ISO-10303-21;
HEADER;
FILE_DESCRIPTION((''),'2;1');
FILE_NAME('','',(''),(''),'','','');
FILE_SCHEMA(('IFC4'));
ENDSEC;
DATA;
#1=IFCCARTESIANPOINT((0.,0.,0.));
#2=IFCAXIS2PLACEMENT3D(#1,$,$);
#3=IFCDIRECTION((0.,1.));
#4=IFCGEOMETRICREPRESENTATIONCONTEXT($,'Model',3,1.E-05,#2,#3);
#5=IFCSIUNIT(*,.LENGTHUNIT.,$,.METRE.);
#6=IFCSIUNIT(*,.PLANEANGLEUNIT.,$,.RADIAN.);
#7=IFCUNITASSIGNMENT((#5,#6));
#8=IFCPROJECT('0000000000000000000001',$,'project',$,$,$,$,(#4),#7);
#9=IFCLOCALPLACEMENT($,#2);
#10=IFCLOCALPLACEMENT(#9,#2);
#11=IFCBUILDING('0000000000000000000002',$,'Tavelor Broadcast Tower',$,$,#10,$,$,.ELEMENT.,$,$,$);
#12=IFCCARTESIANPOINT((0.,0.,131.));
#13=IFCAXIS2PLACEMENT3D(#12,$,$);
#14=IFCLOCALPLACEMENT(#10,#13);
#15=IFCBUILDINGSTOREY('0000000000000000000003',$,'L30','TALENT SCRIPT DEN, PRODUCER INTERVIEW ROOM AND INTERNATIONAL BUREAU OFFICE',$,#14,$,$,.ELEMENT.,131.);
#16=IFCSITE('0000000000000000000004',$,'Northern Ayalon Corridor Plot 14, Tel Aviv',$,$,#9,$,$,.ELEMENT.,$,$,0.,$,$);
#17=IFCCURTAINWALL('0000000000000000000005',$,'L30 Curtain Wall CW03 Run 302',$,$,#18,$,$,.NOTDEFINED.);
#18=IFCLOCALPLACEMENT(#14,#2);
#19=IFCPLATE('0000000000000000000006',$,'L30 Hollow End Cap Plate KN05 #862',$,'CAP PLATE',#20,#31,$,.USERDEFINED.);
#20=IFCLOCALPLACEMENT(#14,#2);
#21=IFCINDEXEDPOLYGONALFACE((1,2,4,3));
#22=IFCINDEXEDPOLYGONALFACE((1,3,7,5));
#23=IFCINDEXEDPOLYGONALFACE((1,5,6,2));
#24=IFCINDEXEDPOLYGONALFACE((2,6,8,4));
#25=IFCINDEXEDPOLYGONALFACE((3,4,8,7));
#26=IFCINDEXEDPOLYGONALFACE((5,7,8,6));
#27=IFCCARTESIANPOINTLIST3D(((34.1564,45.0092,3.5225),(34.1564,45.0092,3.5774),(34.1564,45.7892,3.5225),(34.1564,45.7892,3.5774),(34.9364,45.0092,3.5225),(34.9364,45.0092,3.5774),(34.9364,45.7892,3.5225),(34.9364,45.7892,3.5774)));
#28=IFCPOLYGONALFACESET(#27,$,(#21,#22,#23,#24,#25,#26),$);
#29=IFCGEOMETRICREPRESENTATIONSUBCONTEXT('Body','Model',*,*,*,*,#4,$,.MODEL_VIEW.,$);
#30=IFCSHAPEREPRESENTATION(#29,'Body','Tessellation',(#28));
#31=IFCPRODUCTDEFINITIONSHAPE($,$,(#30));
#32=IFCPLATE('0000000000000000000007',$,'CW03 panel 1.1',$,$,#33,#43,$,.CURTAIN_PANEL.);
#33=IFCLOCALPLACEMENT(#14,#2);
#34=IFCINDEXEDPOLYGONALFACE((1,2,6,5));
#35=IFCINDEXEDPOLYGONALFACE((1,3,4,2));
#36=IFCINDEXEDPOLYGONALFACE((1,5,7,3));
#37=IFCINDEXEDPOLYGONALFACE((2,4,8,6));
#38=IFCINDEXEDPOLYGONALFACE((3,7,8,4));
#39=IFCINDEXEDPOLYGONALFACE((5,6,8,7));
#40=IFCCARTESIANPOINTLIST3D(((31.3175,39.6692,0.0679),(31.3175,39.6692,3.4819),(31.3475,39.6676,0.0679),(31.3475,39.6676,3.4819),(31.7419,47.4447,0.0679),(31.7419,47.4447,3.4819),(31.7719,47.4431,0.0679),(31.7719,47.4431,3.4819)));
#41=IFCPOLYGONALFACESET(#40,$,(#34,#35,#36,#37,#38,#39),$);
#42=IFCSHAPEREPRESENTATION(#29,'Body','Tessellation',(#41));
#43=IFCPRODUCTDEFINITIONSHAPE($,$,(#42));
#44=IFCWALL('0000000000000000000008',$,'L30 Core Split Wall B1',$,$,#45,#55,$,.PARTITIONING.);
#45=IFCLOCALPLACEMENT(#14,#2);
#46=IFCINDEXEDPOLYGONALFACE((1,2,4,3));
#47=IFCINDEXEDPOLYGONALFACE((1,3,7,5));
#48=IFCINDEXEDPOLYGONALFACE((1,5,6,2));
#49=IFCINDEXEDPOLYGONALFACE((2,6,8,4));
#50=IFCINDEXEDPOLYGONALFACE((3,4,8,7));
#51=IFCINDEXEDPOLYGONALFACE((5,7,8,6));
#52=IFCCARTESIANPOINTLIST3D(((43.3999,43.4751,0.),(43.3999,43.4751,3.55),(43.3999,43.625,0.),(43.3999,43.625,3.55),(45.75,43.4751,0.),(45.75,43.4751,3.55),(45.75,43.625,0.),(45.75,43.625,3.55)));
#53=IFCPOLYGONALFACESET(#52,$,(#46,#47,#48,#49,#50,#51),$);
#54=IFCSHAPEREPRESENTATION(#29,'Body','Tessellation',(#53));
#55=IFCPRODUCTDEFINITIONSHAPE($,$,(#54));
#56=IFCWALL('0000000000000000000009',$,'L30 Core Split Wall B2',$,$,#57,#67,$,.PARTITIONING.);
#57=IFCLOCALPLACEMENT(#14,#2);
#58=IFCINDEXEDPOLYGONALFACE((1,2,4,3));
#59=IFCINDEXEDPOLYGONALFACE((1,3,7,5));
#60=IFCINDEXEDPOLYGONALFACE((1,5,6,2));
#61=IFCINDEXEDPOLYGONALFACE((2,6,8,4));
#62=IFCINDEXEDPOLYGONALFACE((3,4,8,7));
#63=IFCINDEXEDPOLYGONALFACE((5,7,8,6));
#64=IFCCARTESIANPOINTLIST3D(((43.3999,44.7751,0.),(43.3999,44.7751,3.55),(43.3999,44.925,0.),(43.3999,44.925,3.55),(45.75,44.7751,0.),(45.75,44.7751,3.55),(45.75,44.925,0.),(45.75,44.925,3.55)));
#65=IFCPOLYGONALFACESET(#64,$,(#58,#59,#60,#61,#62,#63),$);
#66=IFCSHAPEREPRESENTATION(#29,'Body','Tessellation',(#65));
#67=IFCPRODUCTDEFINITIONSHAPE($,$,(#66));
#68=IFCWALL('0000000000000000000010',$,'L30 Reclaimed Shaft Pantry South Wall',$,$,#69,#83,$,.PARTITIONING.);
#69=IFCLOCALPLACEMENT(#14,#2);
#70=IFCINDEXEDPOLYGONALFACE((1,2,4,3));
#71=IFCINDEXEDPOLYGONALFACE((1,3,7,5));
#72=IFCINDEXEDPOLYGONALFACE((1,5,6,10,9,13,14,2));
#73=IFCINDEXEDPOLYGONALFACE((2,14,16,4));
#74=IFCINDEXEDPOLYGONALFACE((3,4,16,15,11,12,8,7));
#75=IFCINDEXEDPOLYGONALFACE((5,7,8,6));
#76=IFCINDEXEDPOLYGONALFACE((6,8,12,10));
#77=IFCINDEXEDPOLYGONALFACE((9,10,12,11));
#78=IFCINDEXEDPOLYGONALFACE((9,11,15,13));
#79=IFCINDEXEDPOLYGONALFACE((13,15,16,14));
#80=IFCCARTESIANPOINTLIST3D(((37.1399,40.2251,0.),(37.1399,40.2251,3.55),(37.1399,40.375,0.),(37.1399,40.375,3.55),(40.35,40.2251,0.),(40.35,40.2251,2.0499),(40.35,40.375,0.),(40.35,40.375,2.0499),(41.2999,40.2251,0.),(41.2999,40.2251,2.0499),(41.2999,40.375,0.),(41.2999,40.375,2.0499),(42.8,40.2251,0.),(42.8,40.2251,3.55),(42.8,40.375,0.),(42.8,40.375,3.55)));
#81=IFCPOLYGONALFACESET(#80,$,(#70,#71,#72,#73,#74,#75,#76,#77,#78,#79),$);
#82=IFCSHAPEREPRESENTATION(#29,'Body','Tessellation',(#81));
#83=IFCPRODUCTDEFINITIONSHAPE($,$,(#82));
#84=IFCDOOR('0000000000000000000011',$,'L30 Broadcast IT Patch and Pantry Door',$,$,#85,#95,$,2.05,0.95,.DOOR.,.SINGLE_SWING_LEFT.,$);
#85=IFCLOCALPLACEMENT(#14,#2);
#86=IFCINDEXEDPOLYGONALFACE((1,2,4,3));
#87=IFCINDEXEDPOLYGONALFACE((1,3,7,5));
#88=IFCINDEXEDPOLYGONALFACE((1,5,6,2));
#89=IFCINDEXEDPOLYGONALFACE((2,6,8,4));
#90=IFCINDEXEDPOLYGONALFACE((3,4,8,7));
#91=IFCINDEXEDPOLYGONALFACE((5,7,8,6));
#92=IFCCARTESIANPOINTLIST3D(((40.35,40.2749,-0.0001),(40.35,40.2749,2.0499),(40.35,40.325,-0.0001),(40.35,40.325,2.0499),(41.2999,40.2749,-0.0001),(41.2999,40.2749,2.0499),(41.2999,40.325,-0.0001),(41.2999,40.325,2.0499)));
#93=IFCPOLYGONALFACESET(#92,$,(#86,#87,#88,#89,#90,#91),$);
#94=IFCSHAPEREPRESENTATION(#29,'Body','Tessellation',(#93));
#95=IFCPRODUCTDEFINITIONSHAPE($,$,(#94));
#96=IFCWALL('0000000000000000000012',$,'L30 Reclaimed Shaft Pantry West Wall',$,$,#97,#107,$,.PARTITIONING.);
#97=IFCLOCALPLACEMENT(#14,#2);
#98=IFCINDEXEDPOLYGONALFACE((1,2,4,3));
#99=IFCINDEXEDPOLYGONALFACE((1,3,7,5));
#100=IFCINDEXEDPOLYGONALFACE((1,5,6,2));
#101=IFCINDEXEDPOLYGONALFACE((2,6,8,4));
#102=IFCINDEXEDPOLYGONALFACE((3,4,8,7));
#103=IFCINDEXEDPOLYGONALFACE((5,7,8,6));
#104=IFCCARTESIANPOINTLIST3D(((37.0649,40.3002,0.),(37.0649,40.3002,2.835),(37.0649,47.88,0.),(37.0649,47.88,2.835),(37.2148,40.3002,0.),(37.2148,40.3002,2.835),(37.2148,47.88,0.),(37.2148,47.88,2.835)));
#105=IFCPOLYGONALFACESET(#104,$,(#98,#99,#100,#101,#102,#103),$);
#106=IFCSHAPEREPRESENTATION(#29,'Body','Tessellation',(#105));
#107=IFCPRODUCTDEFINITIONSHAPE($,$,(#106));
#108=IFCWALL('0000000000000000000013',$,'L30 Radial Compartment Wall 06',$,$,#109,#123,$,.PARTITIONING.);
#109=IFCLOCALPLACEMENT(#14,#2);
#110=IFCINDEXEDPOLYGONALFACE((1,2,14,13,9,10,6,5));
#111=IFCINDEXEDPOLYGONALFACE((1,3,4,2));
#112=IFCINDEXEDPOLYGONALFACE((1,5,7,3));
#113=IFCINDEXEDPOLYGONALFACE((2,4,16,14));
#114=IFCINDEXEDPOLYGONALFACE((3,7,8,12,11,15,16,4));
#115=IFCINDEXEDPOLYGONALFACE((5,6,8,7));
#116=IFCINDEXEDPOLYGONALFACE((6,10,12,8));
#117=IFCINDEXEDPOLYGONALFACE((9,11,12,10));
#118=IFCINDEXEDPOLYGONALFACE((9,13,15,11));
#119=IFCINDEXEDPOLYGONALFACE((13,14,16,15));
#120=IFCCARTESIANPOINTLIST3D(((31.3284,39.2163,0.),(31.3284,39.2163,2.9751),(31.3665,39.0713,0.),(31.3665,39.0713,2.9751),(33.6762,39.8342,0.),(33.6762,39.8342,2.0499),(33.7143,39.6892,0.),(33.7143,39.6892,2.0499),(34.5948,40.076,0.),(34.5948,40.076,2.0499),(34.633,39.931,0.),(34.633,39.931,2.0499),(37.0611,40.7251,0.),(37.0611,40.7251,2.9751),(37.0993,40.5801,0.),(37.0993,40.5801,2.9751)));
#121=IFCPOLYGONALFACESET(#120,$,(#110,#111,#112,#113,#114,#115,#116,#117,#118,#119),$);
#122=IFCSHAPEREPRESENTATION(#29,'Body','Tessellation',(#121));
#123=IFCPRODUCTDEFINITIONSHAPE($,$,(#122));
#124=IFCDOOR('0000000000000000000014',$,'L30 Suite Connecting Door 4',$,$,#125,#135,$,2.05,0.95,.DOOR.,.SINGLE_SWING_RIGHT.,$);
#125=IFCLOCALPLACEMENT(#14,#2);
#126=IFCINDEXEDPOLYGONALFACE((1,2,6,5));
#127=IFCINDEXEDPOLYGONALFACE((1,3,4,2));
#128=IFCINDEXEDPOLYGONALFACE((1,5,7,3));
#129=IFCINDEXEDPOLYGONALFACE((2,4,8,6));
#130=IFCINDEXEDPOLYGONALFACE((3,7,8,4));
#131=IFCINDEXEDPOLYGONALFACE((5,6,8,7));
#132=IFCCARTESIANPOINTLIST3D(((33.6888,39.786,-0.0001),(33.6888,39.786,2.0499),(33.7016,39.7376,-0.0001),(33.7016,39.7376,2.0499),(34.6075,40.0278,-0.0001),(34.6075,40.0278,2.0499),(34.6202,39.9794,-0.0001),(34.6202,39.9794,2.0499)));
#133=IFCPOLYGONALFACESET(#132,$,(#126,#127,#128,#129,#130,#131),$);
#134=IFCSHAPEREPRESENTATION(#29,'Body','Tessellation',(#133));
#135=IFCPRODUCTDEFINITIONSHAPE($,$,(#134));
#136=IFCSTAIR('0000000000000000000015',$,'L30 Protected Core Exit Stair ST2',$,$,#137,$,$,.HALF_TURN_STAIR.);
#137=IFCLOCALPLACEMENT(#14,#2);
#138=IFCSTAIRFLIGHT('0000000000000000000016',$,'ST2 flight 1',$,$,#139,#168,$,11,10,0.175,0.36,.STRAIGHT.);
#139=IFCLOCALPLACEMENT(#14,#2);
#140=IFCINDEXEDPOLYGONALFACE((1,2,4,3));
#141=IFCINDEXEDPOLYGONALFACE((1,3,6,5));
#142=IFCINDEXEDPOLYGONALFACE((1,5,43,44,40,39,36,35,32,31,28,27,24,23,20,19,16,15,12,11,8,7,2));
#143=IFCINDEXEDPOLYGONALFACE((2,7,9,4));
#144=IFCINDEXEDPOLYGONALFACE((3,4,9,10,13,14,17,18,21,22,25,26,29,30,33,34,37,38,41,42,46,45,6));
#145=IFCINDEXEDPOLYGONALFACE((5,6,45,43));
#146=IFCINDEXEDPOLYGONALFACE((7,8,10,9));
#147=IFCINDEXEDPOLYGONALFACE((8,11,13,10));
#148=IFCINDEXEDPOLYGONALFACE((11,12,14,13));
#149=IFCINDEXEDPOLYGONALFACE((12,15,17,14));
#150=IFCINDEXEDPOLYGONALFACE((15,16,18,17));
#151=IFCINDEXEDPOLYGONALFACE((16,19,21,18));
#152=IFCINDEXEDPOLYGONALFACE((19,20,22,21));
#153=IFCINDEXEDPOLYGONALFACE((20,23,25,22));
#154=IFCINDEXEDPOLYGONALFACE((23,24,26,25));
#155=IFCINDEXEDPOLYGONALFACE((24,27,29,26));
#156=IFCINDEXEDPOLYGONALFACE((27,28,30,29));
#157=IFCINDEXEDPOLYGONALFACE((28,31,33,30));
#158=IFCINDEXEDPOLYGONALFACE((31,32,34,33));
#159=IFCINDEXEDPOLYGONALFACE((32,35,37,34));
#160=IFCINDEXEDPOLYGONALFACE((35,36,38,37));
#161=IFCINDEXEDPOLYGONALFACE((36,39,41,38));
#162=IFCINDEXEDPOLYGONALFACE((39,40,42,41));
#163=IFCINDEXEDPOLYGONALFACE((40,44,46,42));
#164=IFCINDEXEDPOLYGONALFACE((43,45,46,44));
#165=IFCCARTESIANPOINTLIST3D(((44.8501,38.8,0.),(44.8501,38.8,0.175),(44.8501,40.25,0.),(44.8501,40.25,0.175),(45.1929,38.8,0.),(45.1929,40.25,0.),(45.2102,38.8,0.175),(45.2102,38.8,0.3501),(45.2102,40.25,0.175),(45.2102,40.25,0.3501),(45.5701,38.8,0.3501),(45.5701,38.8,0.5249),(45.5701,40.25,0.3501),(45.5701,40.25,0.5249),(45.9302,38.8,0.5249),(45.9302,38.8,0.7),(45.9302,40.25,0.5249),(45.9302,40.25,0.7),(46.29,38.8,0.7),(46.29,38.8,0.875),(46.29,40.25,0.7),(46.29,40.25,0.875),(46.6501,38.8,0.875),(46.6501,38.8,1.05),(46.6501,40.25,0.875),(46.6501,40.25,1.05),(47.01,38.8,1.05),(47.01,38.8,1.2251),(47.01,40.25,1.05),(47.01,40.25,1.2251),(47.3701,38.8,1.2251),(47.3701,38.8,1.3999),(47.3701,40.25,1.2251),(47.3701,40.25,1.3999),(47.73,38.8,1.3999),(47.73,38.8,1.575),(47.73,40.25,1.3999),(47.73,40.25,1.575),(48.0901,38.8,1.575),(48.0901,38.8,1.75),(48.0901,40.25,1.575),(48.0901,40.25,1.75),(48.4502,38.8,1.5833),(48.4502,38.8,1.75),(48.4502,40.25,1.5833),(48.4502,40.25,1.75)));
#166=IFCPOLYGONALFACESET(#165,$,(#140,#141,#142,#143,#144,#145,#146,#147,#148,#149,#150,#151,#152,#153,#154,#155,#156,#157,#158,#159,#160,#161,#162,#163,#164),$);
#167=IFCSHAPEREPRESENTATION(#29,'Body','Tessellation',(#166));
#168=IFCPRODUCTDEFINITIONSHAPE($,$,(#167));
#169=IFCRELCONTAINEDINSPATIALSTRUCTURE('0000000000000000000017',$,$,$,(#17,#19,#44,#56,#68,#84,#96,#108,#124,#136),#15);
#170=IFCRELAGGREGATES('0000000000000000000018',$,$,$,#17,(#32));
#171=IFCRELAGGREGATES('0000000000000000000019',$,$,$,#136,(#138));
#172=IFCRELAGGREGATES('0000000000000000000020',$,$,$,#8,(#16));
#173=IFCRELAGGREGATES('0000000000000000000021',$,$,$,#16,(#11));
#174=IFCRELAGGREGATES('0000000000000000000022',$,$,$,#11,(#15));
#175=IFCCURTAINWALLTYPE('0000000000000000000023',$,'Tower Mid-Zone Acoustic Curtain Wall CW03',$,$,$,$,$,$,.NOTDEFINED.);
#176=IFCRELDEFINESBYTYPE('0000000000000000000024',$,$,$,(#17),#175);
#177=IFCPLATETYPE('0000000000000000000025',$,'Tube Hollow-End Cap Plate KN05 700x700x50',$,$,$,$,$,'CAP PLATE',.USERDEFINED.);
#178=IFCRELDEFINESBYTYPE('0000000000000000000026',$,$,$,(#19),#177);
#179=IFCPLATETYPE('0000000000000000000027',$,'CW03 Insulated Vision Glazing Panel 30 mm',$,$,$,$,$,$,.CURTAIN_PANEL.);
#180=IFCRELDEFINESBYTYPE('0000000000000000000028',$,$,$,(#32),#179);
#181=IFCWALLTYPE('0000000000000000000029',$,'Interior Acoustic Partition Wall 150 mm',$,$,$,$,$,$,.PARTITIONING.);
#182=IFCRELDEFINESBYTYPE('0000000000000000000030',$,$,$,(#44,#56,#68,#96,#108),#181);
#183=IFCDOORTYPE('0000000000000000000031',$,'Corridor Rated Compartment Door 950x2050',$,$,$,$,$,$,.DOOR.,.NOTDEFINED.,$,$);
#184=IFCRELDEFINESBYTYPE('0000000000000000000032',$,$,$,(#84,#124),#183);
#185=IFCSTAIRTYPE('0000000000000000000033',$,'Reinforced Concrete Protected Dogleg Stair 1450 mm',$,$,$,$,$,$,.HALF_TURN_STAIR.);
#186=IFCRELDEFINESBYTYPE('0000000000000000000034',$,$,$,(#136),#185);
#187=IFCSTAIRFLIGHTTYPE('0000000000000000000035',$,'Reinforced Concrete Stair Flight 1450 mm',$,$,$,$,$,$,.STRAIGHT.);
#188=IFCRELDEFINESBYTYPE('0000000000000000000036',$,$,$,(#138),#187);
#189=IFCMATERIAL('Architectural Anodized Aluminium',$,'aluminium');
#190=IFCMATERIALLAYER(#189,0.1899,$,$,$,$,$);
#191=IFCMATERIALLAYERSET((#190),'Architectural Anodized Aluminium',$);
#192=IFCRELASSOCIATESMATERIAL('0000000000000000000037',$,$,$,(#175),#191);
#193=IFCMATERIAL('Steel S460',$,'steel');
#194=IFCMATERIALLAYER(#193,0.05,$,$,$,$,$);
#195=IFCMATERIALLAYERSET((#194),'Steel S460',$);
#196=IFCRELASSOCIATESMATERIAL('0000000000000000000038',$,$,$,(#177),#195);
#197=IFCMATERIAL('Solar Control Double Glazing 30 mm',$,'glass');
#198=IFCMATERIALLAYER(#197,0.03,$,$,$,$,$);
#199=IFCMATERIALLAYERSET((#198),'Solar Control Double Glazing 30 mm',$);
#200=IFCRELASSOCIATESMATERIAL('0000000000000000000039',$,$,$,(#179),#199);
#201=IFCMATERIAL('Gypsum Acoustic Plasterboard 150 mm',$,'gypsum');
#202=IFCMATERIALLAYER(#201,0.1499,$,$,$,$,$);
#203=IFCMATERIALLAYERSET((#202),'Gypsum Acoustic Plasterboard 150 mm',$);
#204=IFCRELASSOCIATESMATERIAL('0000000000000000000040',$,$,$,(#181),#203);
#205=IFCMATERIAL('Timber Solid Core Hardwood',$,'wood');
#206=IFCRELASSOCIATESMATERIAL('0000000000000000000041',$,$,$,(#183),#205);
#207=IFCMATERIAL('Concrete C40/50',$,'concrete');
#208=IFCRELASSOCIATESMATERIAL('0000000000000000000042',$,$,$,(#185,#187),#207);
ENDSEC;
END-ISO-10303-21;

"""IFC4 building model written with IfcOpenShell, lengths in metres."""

from ifc_helpers import new_model, si_unit, direction, frame, frame_2d, origin, origin_2d, place, context, subcontext, project, spatial, polyline, rectangle, outline, extrude, source, transform, mapped, material, layer, layer_set, type_object, type_shapes, element, fill, aggregate, save


model = new_model("IFC4")

# Units and contexts
model_context = context("Model", 3, precision=1e-05, world=origin(), true_north=direction((0.0, 1.0)))
body_context = subcontext(model_context, "Body", "Model", "MODEL_VIEW")
ifc_project = project(units=[si_unit("LENGTHUNIT", "METRE"), si_unit("PLANEANGLEUNIT", "RADIAN")], contexts=[model_context])

# Site, building, storey
site_placement = place(None, origin())
site = spatial("IfcSite", under=ifc_project, at=site_placement, Name="Northern Ayalon Corridor Plot 14, Tel Aviv", CompositionType="ELEMENT", RefElevation=0.0)
building_placement = place(site_placement, origin())
building = spatial("IfcBuilding", under=site, at=building_placement, Name="Tavelor Broadcast Tower", CompositionType="ELEMENT")
storey_placement = place(building_placement, frame((0.0, 0.0, 131.0)))
storey = spatial("IfcBuildingStorey", under=building, at=storey_placement, Name="L30", Description="TALENT SCRIPT DEN, PRODUCER INTERVIEW ROOM AND INTERNATIONAL BUREAU OFFICE", CompositionType="ELEMENT", Elevation=131.0)

# Shared definitions
ifc_material_1 = material(Name="Steel S460", Category="steel")

# Shared definitions
ifc_material_2 = material(Name="Concrete C40/50", Category="concrete")

# Curtain wall
ifc_material_3 = material(Name="Architectural Anodized Aluminium", Category="aluminium")
ifc_layer_1 = layer(ifc_material_3, 0.1899)
ifc_layer_set_1 = layer_set([ifc_layer_1], Name="Architectural Anodized Aluminium")
curtain_wall_type = type_object("IfcCurtainWallType", Name="Tower Mid-Zone Acoustic Curtain Wall CW03", PredefinedType="NOTDEFINED", material=ifc_layer_set_1)
curtain_wall_1_placement = place(storey_placement, origin())
curtain_wall_1 = element("IfcCurtainWall", 1, at=curtain_wall_1_placement, inside=storey, type_object=curtain_wall_type, Name="L30 Curtain Wall CW03 Run 302", PredefinedType="NOTDEFINED")

# Plate
ifc_layer_2 = layer(ifc_material_1, 0.05)
ifc_layer_set_2 = layer_set([ifc_layer_2], Name="Steel S460")
plate_type_1 = type_object("IfcPlateType", Name="Tube Hollow-End Cap Plate KN05 700x700x50", ElementType="CAP PLATE", PredefinedType="USERDEFINED", material=ifc_layer_set_2)
shared_shape_1 = source(origin(), body_context, "Body", "SweptSolid", [
    extrude(rectangle(XDim=0.78, YDim=0.78, at=origin_2d()), origin(), (0.0, 0.0, 1.0), 0.0549),
])
type_shapes(plate_type_1, [shared_shape_1])
for number, where, z_axis, x_axis, name in (
    (2, (34.5464, 45.3992, 3.5225), (0.0, 0.0, 1.0), (1.0, 0.0, 0.0), "L30 Hollow End Cap Plate KN05 #862"),
):
    element("IfcPlate", number, at=place(storey_placement, frame(where, z_axis=z_axis, x_axis=x_axis)), inside=storey, type_object=plate_type_1, Name=name, ObjectType="CAP PLATE", PredefinedType="USERDEFINED", context=body_context, shape_type="MappedRepresentation", body=[
        mapped(shared_shape_1, transform((0.0, 0.0, 0.0), scale=1.0)),
    ])

# Plate
ifc_material_4 = material(Name="Solar Control Double Glazing 30 mm", Category="glass")
ifc_layer_3 = layer(ifc_material_4, 0.03)
ifc_layer_set_3 = layer_set([ifc_layer_3], Name="Solar Control Double Glazing 30 mm")
plate_type_2 = type_object("IfcPlateType", Name="CW03 Insulated Vision Glazing Panel 30 mm", PredefinedType="CURTAIN_PANEL", material=ifc_layer_set_3)
shared_shape_2 = source(origin(), body_context, "Body", "SweptSolid", [
    extrude(rectangle(XDim=7.7871, YDim=0.03, at=origin_2d()), origin(), (0.0, 0.0, 1.0), 3.4141),
])
type_shapes(plate_type_2, [shared_shape_2])
plate_placement = place(storey_placement, frame((31.5447, 43.5562, 0.0679), z_axis=(0.0, 0.0, 1.0), x_axis=(-0.054499, -0.998514, 0.0)))
plate = element("IfcPlate", 3, at=plate_placement, type_object=plate_type_2, Name="CW03 panel 1.1", PredefinedType="CURTAIN_PANEL", context=body_context, shape_type="MappedRepresentation", body=[
    mapped(shared_shape_2, transform((0.0, 0.0, 0.0), scale=1.0)),
])
aggregate(curtain_wall_1, [plate])

# Walls
ifc_material_5 = material(Name="Gypsum Acoustic Plasterboard 150 mm", Category="gypsum")
ifc_layer_4 = layer(ifc_material_5, 0.1499)
ifc_layer_set_4 = layer_set([ifc_layer_4], Name="Gypsum Acoustic Plasterboard 150 mm")
wall_type_1 = type_object("IfcWallType", Name="Interior Acoustic Partition Wall 150 mm", PredefinedType="PARTITIONING", material=ifc_layer_set_4)
for number, where, z_axis, x_axis, name in (
    (4, (43.3999, 43.55, 0.0), (0.0, 0.0, 1.0), (1.0, 0.0, 0.0), "L30 Core Split Wall B1"),
    (5, (43.3999, 44.8501, 0.0), (0.0, 0.0, 1.0), (1.0, 0.0, 0.0), "L30 Core Split Wall B2"),
):
    element("IfcWall", number, at=place(storey_placement, frame(where, z_axis=z_axis, x_axis=x_axis)), inside=storey, type_object=wall_type_1, Name=name, PredefinedType="PARTITIONING", context=body_context, shape_type="SweptSolid", body=[
        extrude(rectangle(XDim=2.3501, YDim=0.1499, at=frame_2d((1.175, 0.0))), origin(), (0.0, 0.0, 1.0), 3.55),
    ])

# Wall, opening, door
wall_1_placement = place(storey_placement, frame((37.1399, 40.3, 0.0), z_axis=(0.0, 0.0, 1.0), x_axis=(1.0, 0.0, 0.0)))
wall_1 = element("IfcWall", 6, at=wall_1_placement, inside=storey, type_object=wall_type_1, Name="L30 Reclaimed Shaft Pantry South Wall", PredefinedType="PARTITIONING", context=body_context, shape_type="SweptSolid", body=[
    extrude(rectangle(XDim=5.6602, YDim=0.1499, at=frame_2d((2.8301, 0.0))), origin(), (0.0, 0.0, 1.0), 3.55),
])
opening_1_placement = place(wall_1_placement, frame((3.21, 0.0, 0.0)))
opening_1 = element("IfcOpeningElement", 7, at=opening_1_placement, cuts=wall_1, PredefinedType="OPENING", context=body_context, shape_type="SweptSolid", body=[
    extrude(rectangle(XDim=0.95, YDim=2.05, at=frame_2d((0.4751, 1.0249))), frame((0.0, 0.085, 0.0), z_axis=(0.0, -1.0, 0.0), x_axis=(1.0, 0.0, 0.0)), (0.0, 0.0, 1.0), 0.1699),
])
ifc_material_6 = material(Name="Timber Solid Core Hardwood", Category="wood")
door_type_1 = type_object("IfcDoorType", Name="Corridor Rated Compartment Door 950x2050", OperationType="NOTDEFINED", PredefinedType="DOOR", material=ifc_material_6)
door_1_placement = place(opening_1_placement, origin())
door_1 = element("IfcDoor", 8, at=door_1_placement, inside=storey, type_object=door_type_1, Name="L30 Broadcast IT Patch and Pantry Door", OperationType="SINGLE_SWING_LEFT", OverallHeight=2.05, OverallWidth=0.95, PredefinedType="DOOR", context=body_context, shape_type="SweptSolid", body=[
    extrude(rectangle(XDim=0.95, YDim=2.05, at=frame_2d((0.4751, 1.0249))), frame((0.0, 0.0249, 0.0), z_axis=(0.0, -1.0, 0.0), x_axis=(1.0, 0.0, 0.0)), (0.0, 0.0, 1.0), 0.05),
])
fill(opening_1, door_1)

# Wall
wall_2_placement = place(storey_placement, frame((37.1399, 40.3, 0.0), z_axis=(0.0, 0.0, 1.0), x_axis=(0.0, 1.0, 0.0)))
element("IfcWall", 9, at=wall_2_placement, inside=storey, type_object=wall_type_1, Name="L30 Reclaimed Shaft Pantry West Wall", PredefinedType="PARTITIONING", context=body_context, shape_type="SweptSolid", body=[
    extrude(rectangle(XDim=7.5798, YDim=0.1499, at=frame_2d((3.79, 0.0))), origin(), (0.0, 0.0, 1.0), 2.835),
])

# Wall, opening, door
wall_3_placement = place(storey_placement, frame((37.0801, 40.6526, 0.0), z_axis=(0.0, 0.0, 1.0), x_axis=(-0.967067, -0.254524, 0.0)))
wall_3 = element("IfcWall", 10, at=wall_3_placement, inside=storey, type_object=wall_type_1, Name="L30 Radial Compartment Wall 06", PredefinedType="PARTITIONING", context=body_context, shape_type="SweptSolid", body=[
    extrude(rectangle(XDim=5.928, YDim=0.1499, at=frame_2d((2.9639, 0.0))), origin(), (0.0, 0.0, 1.0), 2.9751),
])
opening_2_placement = place(wall_3_placement, frame((2.55, 0.0, 0.0)))
opening_2 = element("IfcOpeningElement", 11, at=opening_2_placement, cuts=wall_3, PredefinedType="OPENING", context=body_context, shape_type="SweptSolid", body=[
    extrude(rectangle(XDim=0.95, YDim=2.05, at=frame_2d((0.4751, 1.0249))), frame((0.0, 0.085, 0.0), z_axis=(0.0, -1.0, 0.0), x_axis=(1.0, 0.0, 0.0)), (0.0, 0.0, 1.0), 0.1699),
])
door_2_placement = place(opening_2_placement, origin())
door_2 = element("IfcDoor", 12, at=door_2_placement, inside=storey, type_object=door_type_1, Name="L30 Suite Connecting Door 4", OperationType="SINGLE_SWING_RIGHT", OverallHeight=2.05, OverallWidth=0.95, PredefinedType="DOOR", context=body_context, shape_type="SweptSolid", body=[
    extrude(rectangle(XDim=0.95, YDim=2.05, at=frame_2d((0.4751, 1.0249))), frame((0.0, 0.0249, 0.0), z_axis=(0.0, -1.0, 0.0), x_axis=(1.0, 0.0, 0.0)), (0.0, 0.0, 1.0), 0.05),
])
fill(opening_2, door_2)

# Stair, stair flight
stair_type = type_object("IfcStairType", Name="Reinforced Concrete Protected Dogleg Stair 1450 mm", PredefinedType="HALF_TURN_STAIR", material=ifc_material_2)
stair_placement = place(storey_placement, origin())
stair = element("IfcStair", 13, at=stair_placement, inside=storey, type_object=stair_type, Name="L30 Protected Core Exit Stair ST2", PredefinedType="HALF_TURN_STAIR")
stair_flight_type = type_object("IfcStairFlightType", Name="Reinforced Concrete Stair Flight 1450 mm", PredefinedType="STRAIGHT", material=ifc_material_2)
stair_flight_placement = place(storey_placement, frame((44.8501, 39.5249, 0.0), z_axis=(0.0, 0.0, 1.0), x_axis=(1.0, 0.0, 0.0)))
stair_flight = element("IfcStairFlight", 14, at=stair_flight_placement, type_object=stair_flight_type, Name="ST2 flight 1", NumberOfRisers=11, NumberOfTreads=10, PredefinedType="STRAIGHT", RiserHeight=0.175, TreadLength=0.36, context=body_context, shape_type="SweptSolid", body=[
    extrude(outline(polyline([(0.0, 0.0), (0.0, 0.175), (0.3601, 0.175), (0.3601, 0.3501), (0.72, 0.3501), (0.72, 0.5249), (1.0801, 0.5249), (1.0801, 0.7), (1.4399, 0.7), (1.4399, 0.875), (1.8, 0.875), (1.8, 1.05), (2.1599, 1.05), (2.1599, 1.2251), (2.52, 1.2251), (2.52, 1.3999), (2.8799, 1.3999), (2.8799, 1.575), (3.24, 1.575), (3.24, 1.75), (3.6001, 1.75), (3.6001, 1.925), (3.6001, 1.5833), (0.3428, 0.0), (0.0, 0.0)])), frame((0.0, 0.7251, 0.0), z_axis=(0.0, -1.0, 0.0), x_axis=(1.0, 0.0, 0.0)), (0.0, 0.0, 1.0), 1.45),
])
aggregate(stair, [stair_flight])

save(model, "model.ifc")
